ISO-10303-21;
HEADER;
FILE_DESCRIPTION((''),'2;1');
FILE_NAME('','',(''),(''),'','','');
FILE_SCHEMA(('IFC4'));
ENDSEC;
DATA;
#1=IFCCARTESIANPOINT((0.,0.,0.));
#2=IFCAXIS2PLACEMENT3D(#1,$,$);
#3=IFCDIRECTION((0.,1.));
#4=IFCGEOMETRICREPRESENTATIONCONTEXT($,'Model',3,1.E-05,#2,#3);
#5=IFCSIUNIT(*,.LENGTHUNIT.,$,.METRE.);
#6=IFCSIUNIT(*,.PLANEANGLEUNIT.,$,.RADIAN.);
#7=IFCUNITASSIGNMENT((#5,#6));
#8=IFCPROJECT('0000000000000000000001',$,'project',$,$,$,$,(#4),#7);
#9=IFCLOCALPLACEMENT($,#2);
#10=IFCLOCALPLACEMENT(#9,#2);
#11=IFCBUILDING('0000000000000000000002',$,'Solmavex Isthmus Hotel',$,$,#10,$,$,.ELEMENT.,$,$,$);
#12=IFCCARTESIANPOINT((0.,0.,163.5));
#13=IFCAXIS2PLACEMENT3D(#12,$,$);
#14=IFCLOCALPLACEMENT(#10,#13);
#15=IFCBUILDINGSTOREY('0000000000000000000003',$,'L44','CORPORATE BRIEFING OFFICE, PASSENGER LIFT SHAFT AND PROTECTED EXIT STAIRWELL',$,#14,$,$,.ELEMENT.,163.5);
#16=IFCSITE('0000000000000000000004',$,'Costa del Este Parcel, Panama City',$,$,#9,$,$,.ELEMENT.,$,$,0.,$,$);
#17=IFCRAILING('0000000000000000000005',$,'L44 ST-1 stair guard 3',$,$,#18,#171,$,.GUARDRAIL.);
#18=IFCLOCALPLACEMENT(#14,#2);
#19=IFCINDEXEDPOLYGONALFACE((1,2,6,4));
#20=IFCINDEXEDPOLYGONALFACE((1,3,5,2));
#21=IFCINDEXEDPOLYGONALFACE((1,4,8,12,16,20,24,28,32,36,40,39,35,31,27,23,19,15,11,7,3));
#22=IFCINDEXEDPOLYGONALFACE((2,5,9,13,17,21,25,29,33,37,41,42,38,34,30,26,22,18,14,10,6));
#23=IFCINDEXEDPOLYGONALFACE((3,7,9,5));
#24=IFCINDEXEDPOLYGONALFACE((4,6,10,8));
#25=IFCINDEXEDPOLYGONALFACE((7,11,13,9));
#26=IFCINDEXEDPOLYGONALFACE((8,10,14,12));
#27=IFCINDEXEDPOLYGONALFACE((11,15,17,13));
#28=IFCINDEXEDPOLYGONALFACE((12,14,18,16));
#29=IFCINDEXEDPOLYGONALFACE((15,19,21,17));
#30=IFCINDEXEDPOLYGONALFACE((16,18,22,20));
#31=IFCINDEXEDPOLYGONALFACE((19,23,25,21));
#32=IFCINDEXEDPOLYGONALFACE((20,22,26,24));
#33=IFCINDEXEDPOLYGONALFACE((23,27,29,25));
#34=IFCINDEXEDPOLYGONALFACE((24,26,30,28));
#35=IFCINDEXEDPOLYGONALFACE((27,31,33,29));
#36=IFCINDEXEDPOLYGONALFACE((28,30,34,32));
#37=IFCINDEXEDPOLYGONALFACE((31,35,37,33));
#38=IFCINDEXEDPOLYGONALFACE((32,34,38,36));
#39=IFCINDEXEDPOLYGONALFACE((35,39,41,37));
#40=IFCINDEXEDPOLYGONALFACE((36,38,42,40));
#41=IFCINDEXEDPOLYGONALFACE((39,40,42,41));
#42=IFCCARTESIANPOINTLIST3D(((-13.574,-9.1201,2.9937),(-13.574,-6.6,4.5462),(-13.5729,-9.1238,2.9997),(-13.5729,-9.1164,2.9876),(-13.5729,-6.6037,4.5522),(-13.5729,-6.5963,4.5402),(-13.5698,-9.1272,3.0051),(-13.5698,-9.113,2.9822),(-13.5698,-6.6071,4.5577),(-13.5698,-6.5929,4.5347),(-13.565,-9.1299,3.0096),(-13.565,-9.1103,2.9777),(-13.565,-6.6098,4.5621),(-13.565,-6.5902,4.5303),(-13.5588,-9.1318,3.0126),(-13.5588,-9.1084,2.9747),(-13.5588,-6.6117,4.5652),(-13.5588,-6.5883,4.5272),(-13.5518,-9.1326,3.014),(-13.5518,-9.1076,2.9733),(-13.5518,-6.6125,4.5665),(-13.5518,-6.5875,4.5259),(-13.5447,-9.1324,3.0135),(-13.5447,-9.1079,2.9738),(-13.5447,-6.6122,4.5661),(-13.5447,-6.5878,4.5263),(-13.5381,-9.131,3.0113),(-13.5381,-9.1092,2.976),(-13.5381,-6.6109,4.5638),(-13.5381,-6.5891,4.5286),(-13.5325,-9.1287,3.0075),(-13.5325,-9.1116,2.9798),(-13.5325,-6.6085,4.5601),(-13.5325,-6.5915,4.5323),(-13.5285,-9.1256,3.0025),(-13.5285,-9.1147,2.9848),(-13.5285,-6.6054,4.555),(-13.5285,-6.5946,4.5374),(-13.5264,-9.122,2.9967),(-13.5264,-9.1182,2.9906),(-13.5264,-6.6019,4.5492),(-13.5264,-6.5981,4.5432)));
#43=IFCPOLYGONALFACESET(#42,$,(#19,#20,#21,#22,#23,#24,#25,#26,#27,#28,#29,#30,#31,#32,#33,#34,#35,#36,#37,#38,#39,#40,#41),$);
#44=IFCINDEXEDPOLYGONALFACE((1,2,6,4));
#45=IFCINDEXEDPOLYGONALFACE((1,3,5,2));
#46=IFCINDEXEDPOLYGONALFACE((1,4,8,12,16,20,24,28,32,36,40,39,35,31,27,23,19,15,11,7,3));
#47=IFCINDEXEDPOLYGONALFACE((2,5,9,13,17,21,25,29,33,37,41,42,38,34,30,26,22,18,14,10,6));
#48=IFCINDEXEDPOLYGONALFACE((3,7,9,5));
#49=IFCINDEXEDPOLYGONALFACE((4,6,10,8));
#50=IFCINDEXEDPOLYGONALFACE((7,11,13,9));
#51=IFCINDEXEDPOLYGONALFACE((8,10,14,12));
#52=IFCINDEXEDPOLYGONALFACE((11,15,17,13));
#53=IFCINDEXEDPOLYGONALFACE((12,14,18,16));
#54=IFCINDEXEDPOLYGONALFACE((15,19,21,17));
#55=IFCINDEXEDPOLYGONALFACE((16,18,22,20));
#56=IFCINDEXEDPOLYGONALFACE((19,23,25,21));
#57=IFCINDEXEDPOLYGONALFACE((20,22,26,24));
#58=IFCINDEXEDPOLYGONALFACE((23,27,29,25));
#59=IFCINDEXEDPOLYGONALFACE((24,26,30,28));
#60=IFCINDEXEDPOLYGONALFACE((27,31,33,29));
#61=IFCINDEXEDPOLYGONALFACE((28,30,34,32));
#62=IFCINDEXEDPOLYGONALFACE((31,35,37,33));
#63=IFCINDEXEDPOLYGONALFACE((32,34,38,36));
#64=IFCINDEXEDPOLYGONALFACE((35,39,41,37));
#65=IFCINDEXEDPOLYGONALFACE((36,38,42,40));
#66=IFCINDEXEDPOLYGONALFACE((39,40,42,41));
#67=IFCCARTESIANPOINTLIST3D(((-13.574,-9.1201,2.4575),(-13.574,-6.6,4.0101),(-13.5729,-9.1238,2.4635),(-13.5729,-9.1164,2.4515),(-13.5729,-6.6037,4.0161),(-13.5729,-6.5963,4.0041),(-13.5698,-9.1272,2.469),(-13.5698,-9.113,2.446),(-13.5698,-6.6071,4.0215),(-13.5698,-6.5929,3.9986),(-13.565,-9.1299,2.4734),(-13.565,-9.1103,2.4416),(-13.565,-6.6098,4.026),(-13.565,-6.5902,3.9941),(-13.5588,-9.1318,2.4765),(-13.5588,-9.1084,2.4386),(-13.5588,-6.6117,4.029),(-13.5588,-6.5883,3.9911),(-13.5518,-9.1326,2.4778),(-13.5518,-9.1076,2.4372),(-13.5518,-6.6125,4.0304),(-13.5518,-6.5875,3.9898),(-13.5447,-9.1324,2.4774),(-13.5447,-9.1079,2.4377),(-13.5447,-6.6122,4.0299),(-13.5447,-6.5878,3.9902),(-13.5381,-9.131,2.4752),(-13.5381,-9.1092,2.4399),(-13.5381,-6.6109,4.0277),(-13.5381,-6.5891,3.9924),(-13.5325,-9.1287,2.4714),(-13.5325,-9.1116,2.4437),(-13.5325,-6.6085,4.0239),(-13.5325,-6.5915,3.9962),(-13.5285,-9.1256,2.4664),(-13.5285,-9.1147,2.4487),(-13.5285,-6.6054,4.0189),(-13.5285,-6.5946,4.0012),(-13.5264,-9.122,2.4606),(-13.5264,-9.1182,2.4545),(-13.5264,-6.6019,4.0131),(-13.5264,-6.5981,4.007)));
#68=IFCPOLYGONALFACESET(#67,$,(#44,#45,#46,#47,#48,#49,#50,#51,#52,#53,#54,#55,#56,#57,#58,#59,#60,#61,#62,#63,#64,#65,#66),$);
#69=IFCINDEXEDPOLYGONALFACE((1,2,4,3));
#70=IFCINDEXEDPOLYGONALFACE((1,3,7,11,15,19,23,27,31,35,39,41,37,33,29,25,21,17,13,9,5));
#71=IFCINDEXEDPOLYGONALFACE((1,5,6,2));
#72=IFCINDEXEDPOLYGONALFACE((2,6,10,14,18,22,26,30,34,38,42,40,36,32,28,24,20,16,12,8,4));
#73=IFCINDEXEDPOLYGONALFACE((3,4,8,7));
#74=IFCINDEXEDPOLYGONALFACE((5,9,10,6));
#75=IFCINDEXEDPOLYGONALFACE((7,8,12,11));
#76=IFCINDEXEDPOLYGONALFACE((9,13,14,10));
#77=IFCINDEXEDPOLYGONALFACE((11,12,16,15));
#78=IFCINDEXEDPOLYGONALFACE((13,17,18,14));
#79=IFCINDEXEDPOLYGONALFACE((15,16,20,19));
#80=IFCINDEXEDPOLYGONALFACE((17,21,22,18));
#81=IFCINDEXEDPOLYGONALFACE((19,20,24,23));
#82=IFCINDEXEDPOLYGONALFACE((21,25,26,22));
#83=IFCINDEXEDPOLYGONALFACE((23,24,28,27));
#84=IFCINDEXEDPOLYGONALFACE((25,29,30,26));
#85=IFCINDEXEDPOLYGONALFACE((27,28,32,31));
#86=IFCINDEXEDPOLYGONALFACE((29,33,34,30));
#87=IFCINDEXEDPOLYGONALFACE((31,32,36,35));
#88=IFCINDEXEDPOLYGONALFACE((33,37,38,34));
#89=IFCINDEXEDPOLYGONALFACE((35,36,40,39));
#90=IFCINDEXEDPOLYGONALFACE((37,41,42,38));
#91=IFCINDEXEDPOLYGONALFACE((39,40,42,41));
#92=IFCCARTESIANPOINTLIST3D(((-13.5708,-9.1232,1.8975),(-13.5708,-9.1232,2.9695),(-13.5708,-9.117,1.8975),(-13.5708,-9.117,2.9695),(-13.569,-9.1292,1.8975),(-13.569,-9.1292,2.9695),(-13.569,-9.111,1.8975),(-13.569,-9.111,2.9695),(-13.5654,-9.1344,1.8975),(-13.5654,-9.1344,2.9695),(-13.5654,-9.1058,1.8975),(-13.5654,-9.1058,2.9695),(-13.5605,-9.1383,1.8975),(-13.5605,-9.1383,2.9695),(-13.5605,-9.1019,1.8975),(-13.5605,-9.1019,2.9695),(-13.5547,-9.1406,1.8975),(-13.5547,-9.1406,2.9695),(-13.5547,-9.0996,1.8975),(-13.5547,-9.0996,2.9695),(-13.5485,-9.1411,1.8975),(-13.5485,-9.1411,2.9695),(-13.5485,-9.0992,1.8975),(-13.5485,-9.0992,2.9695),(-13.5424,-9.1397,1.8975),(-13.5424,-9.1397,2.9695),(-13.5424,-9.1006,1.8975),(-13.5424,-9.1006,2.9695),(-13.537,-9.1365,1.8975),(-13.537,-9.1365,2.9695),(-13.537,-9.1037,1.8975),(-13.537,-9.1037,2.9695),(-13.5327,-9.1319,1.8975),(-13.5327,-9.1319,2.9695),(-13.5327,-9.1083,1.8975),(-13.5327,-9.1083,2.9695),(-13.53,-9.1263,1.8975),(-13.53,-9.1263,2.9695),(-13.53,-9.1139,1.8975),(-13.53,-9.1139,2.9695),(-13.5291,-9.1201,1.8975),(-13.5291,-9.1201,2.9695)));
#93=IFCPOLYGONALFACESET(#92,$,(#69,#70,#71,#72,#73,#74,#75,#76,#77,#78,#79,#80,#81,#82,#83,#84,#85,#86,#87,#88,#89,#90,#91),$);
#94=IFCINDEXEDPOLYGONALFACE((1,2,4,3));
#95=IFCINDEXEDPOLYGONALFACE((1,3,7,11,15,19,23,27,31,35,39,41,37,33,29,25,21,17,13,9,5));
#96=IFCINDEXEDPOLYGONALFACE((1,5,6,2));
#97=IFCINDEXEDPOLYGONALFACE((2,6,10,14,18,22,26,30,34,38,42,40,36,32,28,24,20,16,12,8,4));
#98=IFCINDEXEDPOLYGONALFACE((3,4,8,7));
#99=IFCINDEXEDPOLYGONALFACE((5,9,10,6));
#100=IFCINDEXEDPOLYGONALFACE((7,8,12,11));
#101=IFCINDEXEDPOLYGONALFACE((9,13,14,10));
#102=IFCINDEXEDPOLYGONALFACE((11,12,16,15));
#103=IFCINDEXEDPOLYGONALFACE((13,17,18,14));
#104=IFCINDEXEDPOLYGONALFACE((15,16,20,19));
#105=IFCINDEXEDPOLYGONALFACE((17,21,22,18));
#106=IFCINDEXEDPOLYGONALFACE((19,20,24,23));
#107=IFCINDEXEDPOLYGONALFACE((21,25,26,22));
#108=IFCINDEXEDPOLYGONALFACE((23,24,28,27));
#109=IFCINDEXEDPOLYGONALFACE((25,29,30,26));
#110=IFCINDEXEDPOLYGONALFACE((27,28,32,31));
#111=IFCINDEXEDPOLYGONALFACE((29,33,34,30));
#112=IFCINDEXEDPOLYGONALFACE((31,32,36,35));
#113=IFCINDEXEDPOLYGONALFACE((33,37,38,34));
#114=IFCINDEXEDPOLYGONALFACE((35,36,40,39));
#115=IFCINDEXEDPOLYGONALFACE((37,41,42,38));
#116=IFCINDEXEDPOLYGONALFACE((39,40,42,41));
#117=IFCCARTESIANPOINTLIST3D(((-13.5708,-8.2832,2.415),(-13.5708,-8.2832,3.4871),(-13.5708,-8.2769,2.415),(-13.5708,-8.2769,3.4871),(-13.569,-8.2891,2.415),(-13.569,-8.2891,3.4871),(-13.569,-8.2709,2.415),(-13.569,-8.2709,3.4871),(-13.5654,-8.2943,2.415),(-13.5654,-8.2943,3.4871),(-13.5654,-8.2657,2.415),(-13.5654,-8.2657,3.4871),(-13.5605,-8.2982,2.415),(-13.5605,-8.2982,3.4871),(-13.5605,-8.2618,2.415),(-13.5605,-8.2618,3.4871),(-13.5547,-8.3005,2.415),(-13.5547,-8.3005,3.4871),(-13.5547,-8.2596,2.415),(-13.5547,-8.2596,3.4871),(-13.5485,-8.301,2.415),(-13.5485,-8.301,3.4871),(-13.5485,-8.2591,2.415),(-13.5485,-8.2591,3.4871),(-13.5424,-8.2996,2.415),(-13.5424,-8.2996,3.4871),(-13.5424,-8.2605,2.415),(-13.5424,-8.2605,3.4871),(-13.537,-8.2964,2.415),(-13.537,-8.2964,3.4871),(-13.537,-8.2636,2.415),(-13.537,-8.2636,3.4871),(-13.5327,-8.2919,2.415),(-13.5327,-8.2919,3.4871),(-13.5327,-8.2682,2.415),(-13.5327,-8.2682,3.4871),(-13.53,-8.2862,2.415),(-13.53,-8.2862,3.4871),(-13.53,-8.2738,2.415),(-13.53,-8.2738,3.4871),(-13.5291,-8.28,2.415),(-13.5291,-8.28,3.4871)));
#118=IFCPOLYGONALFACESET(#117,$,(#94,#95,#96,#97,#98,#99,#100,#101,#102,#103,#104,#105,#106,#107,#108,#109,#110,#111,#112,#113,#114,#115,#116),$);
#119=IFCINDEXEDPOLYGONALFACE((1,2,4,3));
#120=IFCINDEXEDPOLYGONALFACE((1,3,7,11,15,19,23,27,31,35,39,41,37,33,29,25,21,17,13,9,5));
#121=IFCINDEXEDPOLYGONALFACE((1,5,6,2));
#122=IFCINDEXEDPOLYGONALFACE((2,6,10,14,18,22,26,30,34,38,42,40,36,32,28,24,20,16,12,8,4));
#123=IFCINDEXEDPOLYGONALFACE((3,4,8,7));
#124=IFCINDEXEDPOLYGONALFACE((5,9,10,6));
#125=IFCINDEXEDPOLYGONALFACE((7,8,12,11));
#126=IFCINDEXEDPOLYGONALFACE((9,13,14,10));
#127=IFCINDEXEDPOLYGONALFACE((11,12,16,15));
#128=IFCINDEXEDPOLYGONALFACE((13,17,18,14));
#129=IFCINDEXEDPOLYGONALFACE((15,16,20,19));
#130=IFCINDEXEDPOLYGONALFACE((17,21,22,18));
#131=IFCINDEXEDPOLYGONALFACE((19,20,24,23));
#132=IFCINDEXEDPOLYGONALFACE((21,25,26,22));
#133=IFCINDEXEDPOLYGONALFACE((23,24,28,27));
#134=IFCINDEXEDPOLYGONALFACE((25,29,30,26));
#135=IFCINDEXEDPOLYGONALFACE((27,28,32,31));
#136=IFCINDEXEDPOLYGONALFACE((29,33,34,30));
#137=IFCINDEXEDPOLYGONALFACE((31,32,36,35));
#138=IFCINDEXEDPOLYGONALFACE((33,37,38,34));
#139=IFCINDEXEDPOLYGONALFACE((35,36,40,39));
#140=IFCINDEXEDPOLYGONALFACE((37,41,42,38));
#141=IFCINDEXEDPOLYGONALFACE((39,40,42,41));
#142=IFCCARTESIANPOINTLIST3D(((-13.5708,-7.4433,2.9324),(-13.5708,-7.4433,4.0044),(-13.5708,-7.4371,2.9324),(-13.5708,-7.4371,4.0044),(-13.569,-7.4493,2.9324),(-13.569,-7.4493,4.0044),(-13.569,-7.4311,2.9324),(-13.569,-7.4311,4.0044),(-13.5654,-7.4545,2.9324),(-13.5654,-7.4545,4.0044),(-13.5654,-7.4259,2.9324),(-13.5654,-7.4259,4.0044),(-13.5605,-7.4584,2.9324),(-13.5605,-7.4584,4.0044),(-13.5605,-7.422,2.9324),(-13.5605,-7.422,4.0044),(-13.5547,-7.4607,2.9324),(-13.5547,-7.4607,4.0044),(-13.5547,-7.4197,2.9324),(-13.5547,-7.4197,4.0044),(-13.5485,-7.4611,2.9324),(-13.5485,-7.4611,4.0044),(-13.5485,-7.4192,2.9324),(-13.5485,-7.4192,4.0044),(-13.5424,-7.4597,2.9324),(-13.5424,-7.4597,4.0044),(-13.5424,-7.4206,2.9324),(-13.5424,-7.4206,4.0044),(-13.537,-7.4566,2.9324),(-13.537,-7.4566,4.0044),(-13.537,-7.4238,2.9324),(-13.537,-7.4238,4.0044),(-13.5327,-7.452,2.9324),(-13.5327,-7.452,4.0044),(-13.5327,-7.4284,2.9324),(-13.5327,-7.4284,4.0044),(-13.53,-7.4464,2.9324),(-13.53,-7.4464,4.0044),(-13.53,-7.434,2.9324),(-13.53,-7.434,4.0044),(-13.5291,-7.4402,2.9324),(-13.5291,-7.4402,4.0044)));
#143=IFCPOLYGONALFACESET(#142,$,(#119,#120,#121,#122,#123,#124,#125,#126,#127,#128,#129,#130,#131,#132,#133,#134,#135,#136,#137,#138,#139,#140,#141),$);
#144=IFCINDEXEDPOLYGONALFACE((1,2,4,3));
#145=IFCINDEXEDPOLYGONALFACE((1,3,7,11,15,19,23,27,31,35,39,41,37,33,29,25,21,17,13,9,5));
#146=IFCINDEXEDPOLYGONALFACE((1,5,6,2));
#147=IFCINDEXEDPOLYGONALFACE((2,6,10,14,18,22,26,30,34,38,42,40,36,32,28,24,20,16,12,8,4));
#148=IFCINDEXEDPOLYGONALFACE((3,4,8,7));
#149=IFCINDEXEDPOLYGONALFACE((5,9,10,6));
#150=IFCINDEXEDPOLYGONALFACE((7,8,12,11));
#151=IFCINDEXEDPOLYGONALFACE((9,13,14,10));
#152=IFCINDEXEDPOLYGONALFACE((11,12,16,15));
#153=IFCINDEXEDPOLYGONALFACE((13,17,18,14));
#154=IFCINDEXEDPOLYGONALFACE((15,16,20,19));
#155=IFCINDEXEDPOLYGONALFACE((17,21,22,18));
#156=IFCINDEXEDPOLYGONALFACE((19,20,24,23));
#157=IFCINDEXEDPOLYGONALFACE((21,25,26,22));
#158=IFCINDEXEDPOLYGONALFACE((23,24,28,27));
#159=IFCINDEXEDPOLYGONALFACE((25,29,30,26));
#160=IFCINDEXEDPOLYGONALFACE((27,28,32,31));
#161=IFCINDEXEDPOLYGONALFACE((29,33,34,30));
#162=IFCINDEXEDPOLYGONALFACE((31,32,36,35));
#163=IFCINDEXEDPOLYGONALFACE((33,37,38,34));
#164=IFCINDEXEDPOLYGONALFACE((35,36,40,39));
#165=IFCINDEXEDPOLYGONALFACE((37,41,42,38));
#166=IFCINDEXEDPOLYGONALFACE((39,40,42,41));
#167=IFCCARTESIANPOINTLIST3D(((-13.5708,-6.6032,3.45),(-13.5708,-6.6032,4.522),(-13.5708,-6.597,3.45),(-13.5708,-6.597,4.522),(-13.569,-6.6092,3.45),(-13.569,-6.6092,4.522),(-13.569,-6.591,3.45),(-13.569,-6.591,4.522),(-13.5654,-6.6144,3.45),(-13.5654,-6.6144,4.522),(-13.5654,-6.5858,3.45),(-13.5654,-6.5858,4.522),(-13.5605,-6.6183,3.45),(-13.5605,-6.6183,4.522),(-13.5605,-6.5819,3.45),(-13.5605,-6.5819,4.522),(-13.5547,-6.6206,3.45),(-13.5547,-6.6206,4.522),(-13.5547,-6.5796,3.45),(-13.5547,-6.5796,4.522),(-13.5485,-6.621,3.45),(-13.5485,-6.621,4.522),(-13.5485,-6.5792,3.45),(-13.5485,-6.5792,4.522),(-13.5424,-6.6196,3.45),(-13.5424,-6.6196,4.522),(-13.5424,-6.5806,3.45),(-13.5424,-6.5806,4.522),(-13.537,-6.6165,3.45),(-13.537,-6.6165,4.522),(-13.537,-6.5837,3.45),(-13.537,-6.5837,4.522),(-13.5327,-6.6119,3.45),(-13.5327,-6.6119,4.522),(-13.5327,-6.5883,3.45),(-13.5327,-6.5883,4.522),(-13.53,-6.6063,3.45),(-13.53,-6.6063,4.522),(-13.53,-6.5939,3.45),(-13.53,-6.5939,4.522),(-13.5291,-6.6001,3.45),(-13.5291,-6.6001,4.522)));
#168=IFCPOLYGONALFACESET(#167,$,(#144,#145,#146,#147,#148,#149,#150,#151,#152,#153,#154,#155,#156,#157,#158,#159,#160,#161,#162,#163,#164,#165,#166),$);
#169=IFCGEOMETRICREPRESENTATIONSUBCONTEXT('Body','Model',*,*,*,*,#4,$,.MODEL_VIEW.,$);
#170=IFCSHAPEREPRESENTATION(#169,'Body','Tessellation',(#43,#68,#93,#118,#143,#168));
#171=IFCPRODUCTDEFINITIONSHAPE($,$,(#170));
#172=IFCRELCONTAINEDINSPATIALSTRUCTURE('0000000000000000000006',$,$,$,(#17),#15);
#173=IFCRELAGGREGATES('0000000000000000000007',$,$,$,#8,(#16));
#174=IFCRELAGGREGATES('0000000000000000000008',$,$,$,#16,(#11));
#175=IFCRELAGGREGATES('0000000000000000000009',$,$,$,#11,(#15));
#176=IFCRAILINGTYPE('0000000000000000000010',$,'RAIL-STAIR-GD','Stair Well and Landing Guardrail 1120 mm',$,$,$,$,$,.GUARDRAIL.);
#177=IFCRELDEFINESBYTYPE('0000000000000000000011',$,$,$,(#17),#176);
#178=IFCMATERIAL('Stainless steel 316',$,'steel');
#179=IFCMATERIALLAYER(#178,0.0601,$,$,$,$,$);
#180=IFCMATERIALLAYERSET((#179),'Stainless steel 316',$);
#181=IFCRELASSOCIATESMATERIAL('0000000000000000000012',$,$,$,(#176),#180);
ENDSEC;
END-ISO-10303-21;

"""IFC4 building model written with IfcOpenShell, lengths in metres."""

from ifc_helpers import new_model, si_unit, direction, frame, origin, origin_2d, place, context, subcontext, project, spatial, circle, extrude, material, layer, layer_set, type_object, element, save


model = new_model("IFC4")

# Units and contexts
model_context = context("Model", 3, precision=1e-05, world=origin(), true_north=direction((0.0, 1.0)))
body_context = subcontext(model_context, "Body", "Model", "MODEL_VIEW")
ifc_project = project(units=[si_unit("LENGTHUNIT", "METRE"), si_unit("PLANEANGLEUNIT", "RADIAN")], contexts=[model_context])

# Site, building, storey
site_placement = place(None, origin())
site = spatial("IfcSite", under=ifc_project, at=site_placement, Name="Costa del Este Parcel, Panama City", CompositionType="ELEMENT", RefElevation=0.0)
building_placement = place(site_placement, origin())
building = spatial("IfcBuilding", under=site, at=building_placement, Name="Solmavex Isthmus Hotel", CompositionType="ELEMENT")
storey_placement = place(building_placement, frame((0.0, 0.0, 163.5)))
storey = spatial("IfcBuildingStorey", under=building, at=storey_placement, Name="L44", Description="CORPORATE BRIEFING OFFICE, PASSENGER LIFT SHAFT AND PROTECTED EXIT STAIRWELL", CompositionType="ELEMENT", Elevation=163.5)

# Railing
ifc_material_1 = material(Name="Stainless steel 316", Category="steel")
ifc_layer_1 = layer(ifc_material_1, 0.0601)
ifc_layer_set_1 = layer_set([ifc_layer_1], Name="Stainless steel 316")
railing_type_1 = type_object("IfcRailingType", Name="RAIL-STAIR-GD", Description="Stair Well and Landing Guardrail 1120 mm", PredefinedType="GUARDRAIL", material=ifc_layer_set_1)
railing_1_placement = place(storey_placement, frame((-13.55, -9.1201, 1.8975)))
element("IfcRailing", 1, at=railing_1_placement, inside=storey, type_object=railing_type_1, Name="L44 ST-1 stair guard 3", PredefinedType="GUARDRAIL", context=body_context, shape_type="SweptSolid", body=[
    extrude(circle(Radius=0.0239, at=origin_2d()), frame((0.0, 0.0, 1.0962), z_axis=(0.0, 0.8514, 0.524516), x_axis=(-1.0, 0.0, 0.0)), (0.0, 0.0, 1.0), 2.96),
    extrude(circle(Radius=0.0239, at=origin_2d()), frame((0.0, 0.0, 0.5601), z_axis=(0.0, 0.8514, 0.524516), x_axis=(-1.0, 0.0, 0.0)), (0.0, 0.0, 1.0), 2.96),
    extrude(circle(Radius=0.021, at=origin_2d()), origin(), (0.0, 0.0, 1.0), 1.072),
    extrude(circle(Radius=0.021, at=origin_2d()), frame((0.0, 0.8401, 0.5176)), (0.0, 0.0, 1.0), 1.072),
    extrude(circle(Radius=0.021, at=origin_2d()), frame((0.0, 1.6799, 1.0349)), (0.0, 0.0, 1.0), 1.072),
    extrude(circle(Radius=0.021, at=origin_2d()), frame((0.0, 2.52, 1.5525)), (0.0, 0.0, 1.0), 1.072),
])

save(model, "model.ifc")
